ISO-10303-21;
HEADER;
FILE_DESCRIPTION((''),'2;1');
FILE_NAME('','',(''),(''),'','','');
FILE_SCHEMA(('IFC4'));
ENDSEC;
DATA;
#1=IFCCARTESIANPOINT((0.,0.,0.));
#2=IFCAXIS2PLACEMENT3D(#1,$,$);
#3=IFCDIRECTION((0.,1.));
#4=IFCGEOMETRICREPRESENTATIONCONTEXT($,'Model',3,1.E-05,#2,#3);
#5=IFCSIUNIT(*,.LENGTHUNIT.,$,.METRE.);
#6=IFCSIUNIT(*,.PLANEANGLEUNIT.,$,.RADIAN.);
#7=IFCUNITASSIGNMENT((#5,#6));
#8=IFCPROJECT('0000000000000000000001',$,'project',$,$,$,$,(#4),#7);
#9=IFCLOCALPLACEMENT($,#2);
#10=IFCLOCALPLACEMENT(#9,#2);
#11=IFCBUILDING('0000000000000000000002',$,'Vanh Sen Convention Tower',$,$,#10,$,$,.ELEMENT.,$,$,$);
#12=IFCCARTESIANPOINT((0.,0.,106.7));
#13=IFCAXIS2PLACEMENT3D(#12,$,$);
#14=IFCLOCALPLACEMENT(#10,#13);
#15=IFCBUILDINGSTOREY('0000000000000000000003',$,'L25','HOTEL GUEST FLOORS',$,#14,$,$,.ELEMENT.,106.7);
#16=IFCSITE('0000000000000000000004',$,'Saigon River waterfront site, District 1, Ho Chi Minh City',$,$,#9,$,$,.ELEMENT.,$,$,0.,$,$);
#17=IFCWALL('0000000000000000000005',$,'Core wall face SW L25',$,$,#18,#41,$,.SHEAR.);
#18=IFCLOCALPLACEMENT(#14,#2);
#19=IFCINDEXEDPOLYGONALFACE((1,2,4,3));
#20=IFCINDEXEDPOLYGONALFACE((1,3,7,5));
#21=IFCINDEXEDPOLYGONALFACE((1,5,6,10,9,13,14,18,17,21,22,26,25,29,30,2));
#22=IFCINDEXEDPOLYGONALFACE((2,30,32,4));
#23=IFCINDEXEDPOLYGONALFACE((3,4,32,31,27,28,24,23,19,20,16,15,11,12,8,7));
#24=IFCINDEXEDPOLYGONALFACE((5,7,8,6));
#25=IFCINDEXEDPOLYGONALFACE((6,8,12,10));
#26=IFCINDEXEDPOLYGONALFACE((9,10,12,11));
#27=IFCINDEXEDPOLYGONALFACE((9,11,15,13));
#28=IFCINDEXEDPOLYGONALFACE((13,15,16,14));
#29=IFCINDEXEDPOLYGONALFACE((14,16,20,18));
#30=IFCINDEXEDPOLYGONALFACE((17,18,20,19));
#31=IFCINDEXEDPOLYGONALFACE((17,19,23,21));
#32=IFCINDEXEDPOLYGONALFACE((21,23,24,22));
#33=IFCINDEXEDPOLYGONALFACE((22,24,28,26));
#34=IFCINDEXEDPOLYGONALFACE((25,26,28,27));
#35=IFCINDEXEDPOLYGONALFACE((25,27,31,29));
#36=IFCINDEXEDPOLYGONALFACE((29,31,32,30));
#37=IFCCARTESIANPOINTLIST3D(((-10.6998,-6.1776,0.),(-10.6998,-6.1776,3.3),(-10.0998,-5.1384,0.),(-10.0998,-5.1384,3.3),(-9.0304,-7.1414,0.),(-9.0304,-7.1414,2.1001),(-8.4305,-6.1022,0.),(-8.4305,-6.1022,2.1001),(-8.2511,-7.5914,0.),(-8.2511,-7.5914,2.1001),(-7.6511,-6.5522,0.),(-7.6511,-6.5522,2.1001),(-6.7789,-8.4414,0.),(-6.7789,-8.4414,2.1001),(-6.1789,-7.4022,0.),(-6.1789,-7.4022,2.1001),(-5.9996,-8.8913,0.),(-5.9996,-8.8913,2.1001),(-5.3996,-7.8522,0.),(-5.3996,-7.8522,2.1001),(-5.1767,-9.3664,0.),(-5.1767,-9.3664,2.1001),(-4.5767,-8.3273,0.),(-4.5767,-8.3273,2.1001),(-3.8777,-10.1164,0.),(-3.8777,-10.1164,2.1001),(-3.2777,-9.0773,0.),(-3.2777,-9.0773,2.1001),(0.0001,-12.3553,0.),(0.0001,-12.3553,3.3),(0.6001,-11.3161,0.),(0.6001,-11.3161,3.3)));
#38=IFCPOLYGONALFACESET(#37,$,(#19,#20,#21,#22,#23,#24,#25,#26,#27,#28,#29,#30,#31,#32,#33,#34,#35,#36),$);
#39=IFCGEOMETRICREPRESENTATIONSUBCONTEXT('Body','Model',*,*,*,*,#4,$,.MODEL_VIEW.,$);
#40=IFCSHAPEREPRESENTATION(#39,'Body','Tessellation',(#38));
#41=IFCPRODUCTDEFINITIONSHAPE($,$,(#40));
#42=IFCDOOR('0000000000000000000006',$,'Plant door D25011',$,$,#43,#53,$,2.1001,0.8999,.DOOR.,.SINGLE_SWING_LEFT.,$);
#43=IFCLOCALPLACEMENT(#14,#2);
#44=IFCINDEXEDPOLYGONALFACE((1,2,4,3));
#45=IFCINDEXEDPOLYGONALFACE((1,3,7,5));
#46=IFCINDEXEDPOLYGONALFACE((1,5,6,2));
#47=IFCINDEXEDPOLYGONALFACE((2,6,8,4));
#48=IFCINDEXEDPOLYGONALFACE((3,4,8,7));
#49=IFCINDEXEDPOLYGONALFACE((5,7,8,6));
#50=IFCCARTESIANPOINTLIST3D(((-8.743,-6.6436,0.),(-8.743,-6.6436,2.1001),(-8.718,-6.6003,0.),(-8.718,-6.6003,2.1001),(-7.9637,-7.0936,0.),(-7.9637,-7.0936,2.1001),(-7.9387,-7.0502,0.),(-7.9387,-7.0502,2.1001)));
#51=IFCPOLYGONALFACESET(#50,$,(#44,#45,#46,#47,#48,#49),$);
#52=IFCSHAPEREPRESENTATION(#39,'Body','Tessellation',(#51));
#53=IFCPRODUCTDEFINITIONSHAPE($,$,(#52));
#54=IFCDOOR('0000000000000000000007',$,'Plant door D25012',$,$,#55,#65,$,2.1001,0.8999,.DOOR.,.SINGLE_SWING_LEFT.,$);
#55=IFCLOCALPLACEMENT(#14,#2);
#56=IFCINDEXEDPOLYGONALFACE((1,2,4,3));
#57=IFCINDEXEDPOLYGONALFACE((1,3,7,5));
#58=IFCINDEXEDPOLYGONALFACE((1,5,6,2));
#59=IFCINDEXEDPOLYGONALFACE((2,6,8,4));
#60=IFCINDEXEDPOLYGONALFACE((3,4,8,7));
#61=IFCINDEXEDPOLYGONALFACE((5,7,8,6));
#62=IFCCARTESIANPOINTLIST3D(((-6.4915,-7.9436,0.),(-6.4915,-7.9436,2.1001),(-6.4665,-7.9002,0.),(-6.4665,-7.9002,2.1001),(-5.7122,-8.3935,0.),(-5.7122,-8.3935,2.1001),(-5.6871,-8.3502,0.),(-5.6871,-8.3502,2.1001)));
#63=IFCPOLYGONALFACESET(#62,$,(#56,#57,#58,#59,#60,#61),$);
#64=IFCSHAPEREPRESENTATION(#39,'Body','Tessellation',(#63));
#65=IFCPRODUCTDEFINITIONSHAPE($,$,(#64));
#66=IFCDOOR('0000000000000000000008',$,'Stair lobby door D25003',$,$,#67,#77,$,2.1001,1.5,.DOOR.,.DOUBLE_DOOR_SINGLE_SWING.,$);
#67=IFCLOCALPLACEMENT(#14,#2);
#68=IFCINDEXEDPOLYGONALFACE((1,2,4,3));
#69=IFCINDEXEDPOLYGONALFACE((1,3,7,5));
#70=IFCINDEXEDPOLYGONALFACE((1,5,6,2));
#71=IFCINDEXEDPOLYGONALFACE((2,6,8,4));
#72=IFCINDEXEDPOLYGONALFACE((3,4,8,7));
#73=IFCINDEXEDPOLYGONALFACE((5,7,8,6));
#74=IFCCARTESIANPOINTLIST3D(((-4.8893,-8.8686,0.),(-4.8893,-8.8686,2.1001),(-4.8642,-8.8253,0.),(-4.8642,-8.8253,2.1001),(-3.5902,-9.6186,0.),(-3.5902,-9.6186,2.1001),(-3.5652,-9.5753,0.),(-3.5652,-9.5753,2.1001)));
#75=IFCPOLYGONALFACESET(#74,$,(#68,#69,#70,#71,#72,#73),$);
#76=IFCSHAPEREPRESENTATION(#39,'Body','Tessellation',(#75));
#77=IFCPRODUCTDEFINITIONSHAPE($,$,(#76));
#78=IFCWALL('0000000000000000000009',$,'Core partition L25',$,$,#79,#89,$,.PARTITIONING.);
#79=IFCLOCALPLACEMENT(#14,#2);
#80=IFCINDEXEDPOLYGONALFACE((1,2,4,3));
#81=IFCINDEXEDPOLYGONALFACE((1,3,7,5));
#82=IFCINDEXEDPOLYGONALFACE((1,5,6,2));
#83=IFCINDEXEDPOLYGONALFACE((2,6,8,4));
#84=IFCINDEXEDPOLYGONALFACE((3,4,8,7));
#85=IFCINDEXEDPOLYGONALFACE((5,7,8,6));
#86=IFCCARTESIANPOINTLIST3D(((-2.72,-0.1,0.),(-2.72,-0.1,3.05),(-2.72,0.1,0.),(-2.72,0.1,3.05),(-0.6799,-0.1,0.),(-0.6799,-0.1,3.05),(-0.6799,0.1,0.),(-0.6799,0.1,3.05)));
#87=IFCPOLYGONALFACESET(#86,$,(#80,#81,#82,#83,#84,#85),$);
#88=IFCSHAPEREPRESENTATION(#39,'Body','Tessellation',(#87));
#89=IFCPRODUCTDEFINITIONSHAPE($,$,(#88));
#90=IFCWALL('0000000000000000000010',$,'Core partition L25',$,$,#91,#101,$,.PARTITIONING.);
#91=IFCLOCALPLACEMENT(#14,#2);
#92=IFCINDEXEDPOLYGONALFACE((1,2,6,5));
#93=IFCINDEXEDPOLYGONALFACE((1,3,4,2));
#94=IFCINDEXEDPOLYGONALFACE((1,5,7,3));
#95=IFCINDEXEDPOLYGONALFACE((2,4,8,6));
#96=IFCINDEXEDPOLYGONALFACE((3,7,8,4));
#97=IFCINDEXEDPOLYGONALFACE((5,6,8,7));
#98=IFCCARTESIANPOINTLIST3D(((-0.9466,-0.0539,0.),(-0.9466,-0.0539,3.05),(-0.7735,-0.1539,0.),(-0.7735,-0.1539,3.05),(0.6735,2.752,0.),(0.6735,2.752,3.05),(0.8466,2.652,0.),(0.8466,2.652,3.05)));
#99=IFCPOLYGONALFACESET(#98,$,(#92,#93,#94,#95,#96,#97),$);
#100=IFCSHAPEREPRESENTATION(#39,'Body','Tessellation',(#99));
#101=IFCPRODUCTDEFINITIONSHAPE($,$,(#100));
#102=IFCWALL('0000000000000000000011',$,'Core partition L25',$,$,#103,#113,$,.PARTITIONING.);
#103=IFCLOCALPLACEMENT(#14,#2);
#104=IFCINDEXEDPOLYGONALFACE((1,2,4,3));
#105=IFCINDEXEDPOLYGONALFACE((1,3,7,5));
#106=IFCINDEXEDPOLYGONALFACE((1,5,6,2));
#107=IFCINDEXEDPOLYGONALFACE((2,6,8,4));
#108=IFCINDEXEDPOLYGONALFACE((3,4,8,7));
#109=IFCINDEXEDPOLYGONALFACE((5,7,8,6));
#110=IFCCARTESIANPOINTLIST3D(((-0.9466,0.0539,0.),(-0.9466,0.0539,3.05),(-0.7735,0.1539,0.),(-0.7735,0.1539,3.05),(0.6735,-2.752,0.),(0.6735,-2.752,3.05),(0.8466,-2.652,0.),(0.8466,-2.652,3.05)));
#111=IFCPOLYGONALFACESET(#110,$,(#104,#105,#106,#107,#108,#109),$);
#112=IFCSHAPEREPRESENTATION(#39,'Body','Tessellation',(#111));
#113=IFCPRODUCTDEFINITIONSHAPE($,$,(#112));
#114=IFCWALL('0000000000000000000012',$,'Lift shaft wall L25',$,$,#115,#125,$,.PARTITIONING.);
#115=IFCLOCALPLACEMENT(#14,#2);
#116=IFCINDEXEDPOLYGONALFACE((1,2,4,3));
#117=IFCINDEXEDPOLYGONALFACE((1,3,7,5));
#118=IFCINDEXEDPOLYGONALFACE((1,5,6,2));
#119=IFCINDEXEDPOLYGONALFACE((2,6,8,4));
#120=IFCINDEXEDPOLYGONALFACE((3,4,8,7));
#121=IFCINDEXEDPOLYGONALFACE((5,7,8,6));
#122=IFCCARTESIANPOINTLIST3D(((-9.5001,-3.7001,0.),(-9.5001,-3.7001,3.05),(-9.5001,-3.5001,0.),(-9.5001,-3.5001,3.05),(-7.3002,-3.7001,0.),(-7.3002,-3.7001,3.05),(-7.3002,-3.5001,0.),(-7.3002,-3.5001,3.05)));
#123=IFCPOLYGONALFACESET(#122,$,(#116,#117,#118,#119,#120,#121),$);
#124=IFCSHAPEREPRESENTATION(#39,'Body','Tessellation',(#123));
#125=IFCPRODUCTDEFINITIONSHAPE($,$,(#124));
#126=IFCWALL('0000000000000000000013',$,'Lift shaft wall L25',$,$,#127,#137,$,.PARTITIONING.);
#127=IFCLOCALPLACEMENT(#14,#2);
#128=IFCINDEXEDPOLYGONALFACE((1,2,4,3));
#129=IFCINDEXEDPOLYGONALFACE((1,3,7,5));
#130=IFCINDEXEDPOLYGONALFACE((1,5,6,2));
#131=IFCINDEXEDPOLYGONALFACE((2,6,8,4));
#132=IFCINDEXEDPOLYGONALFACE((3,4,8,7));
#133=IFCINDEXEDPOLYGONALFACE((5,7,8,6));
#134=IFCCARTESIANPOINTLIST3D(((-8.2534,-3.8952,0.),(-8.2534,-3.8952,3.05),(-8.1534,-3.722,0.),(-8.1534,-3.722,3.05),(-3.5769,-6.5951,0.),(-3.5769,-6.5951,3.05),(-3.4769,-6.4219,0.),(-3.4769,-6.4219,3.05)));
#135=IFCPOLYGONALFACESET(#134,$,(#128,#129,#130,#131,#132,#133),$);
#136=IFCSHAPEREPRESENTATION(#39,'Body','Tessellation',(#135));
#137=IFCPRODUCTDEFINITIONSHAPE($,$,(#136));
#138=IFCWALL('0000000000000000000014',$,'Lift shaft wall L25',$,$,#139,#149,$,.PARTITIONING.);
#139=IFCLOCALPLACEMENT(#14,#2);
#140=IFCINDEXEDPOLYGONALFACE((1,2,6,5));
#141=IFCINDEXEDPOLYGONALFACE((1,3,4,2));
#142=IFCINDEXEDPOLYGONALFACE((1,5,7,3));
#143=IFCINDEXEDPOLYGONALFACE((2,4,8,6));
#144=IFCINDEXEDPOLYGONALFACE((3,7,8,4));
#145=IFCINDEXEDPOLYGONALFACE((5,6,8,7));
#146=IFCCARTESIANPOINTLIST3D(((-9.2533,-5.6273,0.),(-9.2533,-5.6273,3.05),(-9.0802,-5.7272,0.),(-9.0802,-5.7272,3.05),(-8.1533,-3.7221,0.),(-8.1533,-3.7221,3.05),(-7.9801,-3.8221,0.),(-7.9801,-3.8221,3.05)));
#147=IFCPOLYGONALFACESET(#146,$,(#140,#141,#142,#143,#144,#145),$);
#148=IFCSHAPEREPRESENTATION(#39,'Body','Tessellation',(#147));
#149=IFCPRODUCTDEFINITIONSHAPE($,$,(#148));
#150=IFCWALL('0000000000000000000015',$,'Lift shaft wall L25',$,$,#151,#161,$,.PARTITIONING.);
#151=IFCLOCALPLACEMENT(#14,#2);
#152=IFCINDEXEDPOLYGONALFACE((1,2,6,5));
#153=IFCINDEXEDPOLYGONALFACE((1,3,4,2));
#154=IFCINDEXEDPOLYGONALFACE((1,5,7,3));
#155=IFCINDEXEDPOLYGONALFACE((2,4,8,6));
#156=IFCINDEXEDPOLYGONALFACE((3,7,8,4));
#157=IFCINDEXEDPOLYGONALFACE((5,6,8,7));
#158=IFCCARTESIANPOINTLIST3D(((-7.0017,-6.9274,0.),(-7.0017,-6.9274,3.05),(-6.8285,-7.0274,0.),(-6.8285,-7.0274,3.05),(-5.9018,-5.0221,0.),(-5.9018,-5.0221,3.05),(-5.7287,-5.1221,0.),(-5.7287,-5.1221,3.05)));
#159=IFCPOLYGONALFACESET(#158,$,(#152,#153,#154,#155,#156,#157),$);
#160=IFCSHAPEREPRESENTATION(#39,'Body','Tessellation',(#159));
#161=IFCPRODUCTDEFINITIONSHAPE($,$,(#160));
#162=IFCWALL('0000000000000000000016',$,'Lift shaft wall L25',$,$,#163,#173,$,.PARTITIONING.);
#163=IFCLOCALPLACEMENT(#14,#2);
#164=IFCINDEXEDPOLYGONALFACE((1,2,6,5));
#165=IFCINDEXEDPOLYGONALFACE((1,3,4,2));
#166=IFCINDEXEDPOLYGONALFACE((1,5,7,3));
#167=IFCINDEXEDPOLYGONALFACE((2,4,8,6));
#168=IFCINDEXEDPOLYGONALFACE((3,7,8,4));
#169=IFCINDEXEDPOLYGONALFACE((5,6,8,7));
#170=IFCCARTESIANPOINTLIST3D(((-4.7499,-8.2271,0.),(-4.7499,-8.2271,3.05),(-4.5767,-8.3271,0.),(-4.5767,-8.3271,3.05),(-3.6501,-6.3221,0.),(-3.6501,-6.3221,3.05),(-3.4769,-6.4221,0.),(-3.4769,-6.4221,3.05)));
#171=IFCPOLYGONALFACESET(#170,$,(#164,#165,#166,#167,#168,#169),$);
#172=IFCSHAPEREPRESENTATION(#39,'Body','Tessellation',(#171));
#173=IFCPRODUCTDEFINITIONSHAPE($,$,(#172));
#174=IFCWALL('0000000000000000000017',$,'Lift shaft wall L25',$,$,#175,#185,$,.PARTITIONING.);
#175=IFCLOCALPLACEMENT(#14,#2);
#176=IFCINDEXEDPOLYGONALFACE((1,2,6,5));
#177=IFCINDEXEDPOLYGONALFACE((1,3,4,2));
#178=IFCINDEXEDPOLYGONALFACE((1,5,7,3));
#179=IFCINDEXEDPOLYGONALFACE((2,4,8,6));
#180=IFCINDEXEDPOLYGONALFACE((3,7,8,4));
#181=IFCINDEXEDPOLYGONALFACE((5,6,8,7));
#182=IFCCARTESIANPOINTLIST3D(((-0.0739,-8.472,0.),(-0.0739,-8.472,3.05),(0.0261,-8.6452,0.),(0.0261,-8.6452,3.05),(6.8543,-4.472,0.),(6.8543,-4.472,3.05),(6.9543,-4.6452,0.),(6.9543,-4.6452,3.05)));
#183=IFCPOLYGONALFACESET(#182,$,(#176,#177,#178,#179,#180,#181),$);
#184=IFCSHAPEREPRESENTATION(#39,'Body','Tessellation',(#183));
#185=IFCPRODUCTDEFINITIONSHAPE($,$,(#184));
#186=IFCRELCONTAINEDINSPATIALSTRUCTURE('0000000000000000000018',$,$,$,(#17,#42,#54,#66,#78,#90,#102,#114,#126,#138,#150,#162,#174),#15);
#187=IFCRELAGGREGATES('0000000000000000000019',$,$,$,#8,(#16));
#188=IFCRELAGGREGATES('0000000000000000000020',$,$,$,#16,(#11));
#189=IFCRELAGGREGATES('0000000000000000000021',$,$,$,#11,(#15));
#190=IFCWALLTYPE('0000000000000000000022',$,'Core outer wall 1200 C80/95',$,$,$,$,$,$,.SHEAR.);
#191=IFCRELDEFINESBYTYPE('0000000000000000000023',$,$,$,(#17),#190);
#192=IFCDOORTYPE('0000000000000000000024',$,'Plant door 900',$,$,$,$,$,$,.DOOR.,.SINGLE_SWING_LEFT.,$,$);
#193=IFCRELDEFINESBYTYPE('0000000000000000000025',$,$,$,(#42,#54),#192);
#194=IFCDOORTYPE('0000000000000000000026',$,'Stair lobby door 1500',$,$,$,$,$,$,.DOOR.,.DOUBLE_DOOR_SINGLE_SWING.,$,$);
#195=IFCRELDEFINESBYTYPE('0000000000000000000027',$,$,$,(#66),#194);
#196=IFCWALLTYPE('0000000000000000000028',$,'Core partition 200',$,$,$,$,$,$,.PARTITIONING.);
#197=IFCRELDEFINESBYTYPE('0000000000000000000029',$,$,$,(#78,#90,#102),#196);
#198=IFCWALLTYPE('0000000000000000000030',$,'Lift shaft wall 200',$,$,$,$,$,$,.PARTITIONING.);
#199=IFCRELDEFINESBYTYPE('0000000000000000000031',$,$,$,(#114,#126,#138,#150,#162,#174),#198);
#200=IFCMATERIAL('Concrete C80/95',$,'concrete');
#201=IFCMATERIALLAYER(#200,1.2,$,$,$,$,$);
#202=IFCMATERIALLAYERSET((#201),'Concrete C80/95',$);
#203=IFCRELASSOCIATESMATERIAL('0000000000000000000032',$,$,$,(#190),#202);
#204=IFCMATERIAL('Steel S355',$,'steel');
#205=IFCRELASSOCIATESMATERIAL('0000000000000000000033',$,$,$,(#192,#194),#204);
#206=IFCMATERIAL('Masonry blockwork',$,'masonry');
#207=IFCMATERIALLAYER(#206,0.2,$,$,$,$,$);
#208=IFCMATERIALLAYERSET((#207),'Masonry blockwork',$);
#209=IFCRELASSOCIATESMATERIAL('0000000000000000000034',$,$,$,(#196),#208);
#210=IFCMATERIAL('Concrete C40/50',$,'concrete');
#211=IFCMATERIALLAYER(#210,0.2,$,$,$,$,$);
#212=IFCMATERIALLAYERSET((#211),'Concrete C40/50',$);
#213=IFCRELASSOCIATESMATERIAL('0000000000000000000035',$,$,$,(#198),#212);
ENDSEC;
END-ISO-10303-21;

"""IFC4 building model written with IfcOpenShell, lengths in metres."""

from ifc_helpers import new_model, si_unit, direction, frame, frame_2d, origin, place, context, subcontext, project, spatial, rectangle, extrude, material, layer, layer_set, type_object, element, fill, save


model = new_model("IFC4")

# Units and contexts
model_context = context("Model", 3, precision=1e-05, world=origin(), true_north=direction((0.0, 1.0)))
body_context = subcontext(model_context, "Body", "Model", "MODEL_VIEW")
ifc_project = project(units=[si_unit("LENGTHUNIT", "METRE"), si_unit("PLANEANGLEUNIT", "RADIAN")], contexts=[model_context])

# Site, building, storey
site_placement = place(None, origin())
site = spatial("IfcSite", under=ifc_project, at=site_placement, Name="Saigon River waterfront site, District 1, Ho Chi Minh City", CompositionType="ELEMENT", RefElevation=0.0)
building_placement = place(site_placement, origin())
building = spatial("IfcBuilding", under=site, at=building_placement, Name="Vanh Sen Convention Tower", CompositionType="ELEMENT")
storey_placement = place(building_placement, frame((0.0, 0.0, 106.7)))
storey = spatial("IfcBuildingStorey", under=building, at=storey_placement, Name="L25", Description="HOTEL GUEST FLOORS", CompositionType="ELEMENT", Elevation=106.7)

# Shared definitions
ifc_material_1 = material(Name="Concrete C40/50", Category="concrete")

# Wall, openings, doors
ifc_material_2 = material(Name="Concrete C80/95", Category="concrete")
ifc_layer_1 = layer(ifc_material_2, 1.2)
ifc_layer_set_1 = layer_set([ifc_layer_1], Name="Concrete C80/95")
wall_type_1 = type_object("IfcWallType", Name="Core outer wall 1200 C80/95", PredefinedType="SHEAR", material=ifc_layer_set_1)
wall_1_placement = place(storey_placement, frame((-10.3999, -5.658, 0.0), z_axis=(0.0, 0.0, 1.0), x_axis=(0.866021, -0.500007, 0.0)))
wall_1 = element("IfcWall", 1, at=wall_1_placement, inside=storey, type_object=wall_type_1, Name="Core wall face SW L25", PredefinedType="SHEAR", context=body_context, shape_type="SweptSolid", body=[
    extrude(rectangle(XDim=12.3552, YDim=1.2, at=frame_2d((6.1777, 0.0))), origin(), (0.0, 0.0, 1.0), 3.3),
])
opening_1_placement = place(wall_1_placement, frame((6.3777, 0.0, 0.0)))
opening_1 = element("IfcOpeningElement", 2, at=opening_1_placement, cuts=wall_1, PredefinedType="OPENING", context=body_context, shape_type="SweptSolid", body=[
    extrude(rectangle(XDim=1.5, YDim=2.1001, at=frame_2d((0.75, 1.05))), frame((0.0, 0.6099, 0.0), z_axis=(0.0, -1.0, 0.0), x_axis=(1.0, 0.0, 0.0)), (0.0, 0.0, 1.0), 1.22),
])
opening_2_placement = place(wall_1_placement, frame((1.9277, 0.0, 0.0)))
opening_2 = element("IfcOpeningElement", 3, at=opening_2_placement, cuts=wall_1, PredefinedType="OPENING", context=body_context, shape_type="SweptSolid", body=[
    extrude(rectangle(XDim=0.8999, YDim=2.1001, at=frame_2d((0.45, 1.05))), frame((0.0, 0.6099, 0.0), z_axis=(0.0, -1.0, 0.0), x_axis=(1.0, 0.0, 0.0)), (0.0, 0.0, 1.0), 1.22),
])
opening_3_placement = place(wall_1_placement, frame((4.5276, 0.0, 0.0)))
opening_3 = element("IfcOpeningElement", 4, at=opening_3_placement, cuts=wall_1, PredefinedType="OPENING", context=body_context, shape_type="SweptSolid", body=[
    extrude(rectangle(XDim=0.8999, YDim=2.1001, at=frame_2d((0.45, 1.05))), frame((0.0, 0.6099, 0.0), z_axis=(0.0, -1.0, 0.0), x_axis=(1.0, 0.0, 0.0)), (0.0, 0.0, 1.0), 1.22),
])
ifc_material_3 = material(Name="Steel S355", Category="steel")
door_type_1 = type_object("IfcDoorType", Name="Plant door 900", OperationType="SINGLE_SWING_LEFT", PredefinedType="DOOR", material=ifc_material_3)
door_1_placement = place(opening_2_placement, origin())
door_1 = element("IfcDoor", 5, at=door_1_placement, inside=storey, type_object=door_type_1, Name="Plant door D25011", OperationType="SINGLE_SWING_LEFT", OverallHeight=2.1001, OverallWidth=0.8999, PredefinedType="DOOR", context=body_context, shape_type="SweptSolid", body=[
    extrude(rectangle(XDim=0.8999, YDim=2.1001, at=frame_2d((0.45, 1.05))), frame((0.0, 0.0249, 0.0), z_axis=(0.0, -1.0, 0.0), x_axis=(1.0, 0.0, 0.0)), (0.0, 0.0, 1.0), 0.05),
])
fill(opening_2, door_1)
door_2_placement = place(opening_3_placement, origin())
door_2 = element("IfcDoor", 6, at=door_2_placement, inside=storey, type_object=door_type_1, Name="Plant door D25012", OperationType="SINGLE_SWING_LEFT", OverallHeight=2.1001, OverallWidth=0.8999, PredefinedType="DOOR", context=body_context, shape_type="SweptSolid", body=[
    extrude(rectangle(XDim=0.8999, YDim=2.1001, at=frame_2d((0.45, 1.05))), frame((0.0, 0.0249, 0.0), z_axis=(0.0, -1.0, 0.0), x_axis=(1.0, 0.0, 0.0)), (0.0, 0.0, 1.0), 0.05),
])
fill(opening_3, door_2)
door_type_2 = type_object("IfcDoorType", Name="Stair lobby door 1500", OperationType="DOUBLE_DOOR_SINGLE_SWING", PredefinedType="DOOR", material=ifc_material_3)
door_3_placement = place(opening_1_placement, origin())
door_3 = element("IfcDoor", 7, at=door_3_placement, inside=storey, type_object=door_type_2, Name="Stair lobby door D25003", OperationType="DOUBLE_DOOR_SINGLE_SWING", OverallHeight=2.1001, OverallWidth=1.5, PredefinedType="DOOR", context=body_context, shape_type="SweptSolid", body=[
    extrude(rectangle(XDim=1.5, YDim=2.1001, at=frame_2d((0.75, 1.05))), frame((0.0, 0.0249, 0.0), z_axis=(0.0, -1.0, 0.0), x_axis=(1.0, 0.0, 0.0)), (0.0, 0.0, 1.0), 0.05),
])
fill(opening_1, door_3)

# Walls
ifc_material_4 = material(Name="Masonry blockwork", Category="masonry")
ifc_layer_2 = layer(ifc_material_4, 0.2)
ifc_layer_set_2 = layer_set([ifc_layer_2], Name="Masonry blockwork")
wall_type_2 = type_object("IfcWallType", Name="Core partition 200", PredefinedType="PARTITIONING", material=ifc_layer_set_2)
wall_2_placement = place(storey_placement, frame((-0.6799, 0.0, 0.0), z_axis=(0.0, 0.0, 1.0), x_axis=(-1.0, 0.0, 0.0)))
element("IfcWall", 8, at=wall_2_placement, inside=storey, type_object=wall_type_2, Name="Core partition L25", PredefinedType="PARTITIONING", context=body_context, shape_type="SweptSolid", body=[
    extrude(rectangle(XDim=2.04, YDim=0.2, at=frame_2d((1.02, 0.0))), origin(), (0.0, 0.0, 1.0), 3.05),
])
for number, where, z_axis, x_axis, name in (
    (9, (-0.8601, -0.104, 0.0), (0.0, 0.0, 1.0), (0.500029, 0.866009, 0.0), "Core partition L25"),
    (10, (-0.8601, 0.104, 0.0), (0.0, 0.0, 1.0), (0.500029, -0.866009, 0.0), "Core partition L25"),
):
    element("IfcWall", number, at=place(storey_placement, frame(where, z_axis=z_axis, x_axis=x_axis)), inside=storey, type_object=wall_type_2, Name=name, PredefinedType="PARTITIONING", context=body_context, shape_type="SweptSolid", body=[
        extrude(rectangle(XDim=3.24, YDim=0.2, at=frame_2d((1.6201, 0.0))), origin(), (0.0, 0.0, 1.0), 3.05),
    ])
ifc_layer_3 = layer(ifc_material_1, 0.2)
ifc_layer_set_3 = layer_set([ifc_layer_3], Name="Concrete C40/50")
wall_type_3 = type_object("IfcWallType", Name="Lift shaft wall 200", PredefinedType="PARTITIONING", material=ifc_layer_set_3)
wall_3_placement = place(storey_placement, frame((-7.3, -3.6001, 0.0), z_axis=(0.0, 0.0, 1.0), x_axis=(-1.0, 0.0, 0.0)))
element("IfcWall", 11, at=wall_3_placement, inside=storey, type_object=wall_type_3, Name="Lift shaft wall L25", PredefinedType="PARTITIONING", context=body_context, shape_type="SweptSolid", body=[
    extrude(rectangle(XDim=2.2, YDim=0.2, at=frame_2d((1.1001, 0.0))), origin(), (0.0, 0.0, 1.0), 3.05),
])
wall_4_placement = place(storey_placement, frame((-8.2034, -3.8086, 0.0), z_axis=(0.0, 0.0, 1.0), x_axis=(0.866028, -0.499995, 0.0)))
element("IfcWall", 12, at=wall_4_placement, inside=storey, type_object=wall_type_3, Name="Lift shaft wall L25", PredefinedType="PARTITIONING", context=body_context, shape_type="SweptSolid", body=[
    extrude(rectangle(XDim=5.3999, YDim=0.2, at=frame_2d((2.7, 0.0))), origin(), (0.0, 0.0, 1.0), 3.05),
])
for number, where, z_axis, x_axis, name in (
    (13, (-8.0667, -3.772, 0.0), (0.0, 0.0, 1.0), (-0.50003, -0.866008, 0.0), "Lift shaft wall L25"),
    (14, (-5.8152, -5.072, 0.0), (0.0, 0.0, 1.0), (-0.499947, -0.866056, 0.0), "Lift shaft wall L25"),
):
    element("IfcWall", number, at=place(storey_placement, frame(where, z_axis=z_axis, x_axis=x_axis)), inside=storey, type_object=wall_type_3, Name=name, PredefinedType="PARTITIONING", context=body_context, shape_type="SweptSolid", body=[
        extrude(rectangle(XDim=2.2, YDim=0.2, at=frame_2d((1.1001, 0.0))), origin(), (0.0, 0.0, 1.0), 3.05),
    ])
wall_5_placement = place(storey_placement, frame((-3.5635, -6.3721, 0.0), z_axis=(0.0, 0.0, 1.0), x_axis=(-0.499995, -0.866028, 0.0)))
element("IfcWall", 15, at=wall_5_placement, inside=storey, type_object=wall_type_3, Name="Lift shaft wall L25", PredefinedType="PARTITIONING", context=body_context, shape_type="SweptSolid", body=[
    extrude(rectangle(XDim=2.1997, YDim=0.2, at=frame_2d((1.0999, 0.0))), origin(), (0.0, 0.0, 1.0), 3.05),
])
wall_6_placement = place(storey_placement, frame((-0.0239, -8.5586, 0.0), z_axis=(0.0, 0.0, 1.0), x_axis=(0.866026, 0.499999, 0.0)))
element("IfcWall", 16, at=wall_6_placement, inside=storey, type_object=wall_type_3, Name="Lift shaft wall L25", PredefinedType="PARTITIONING", context=body_context, shape_type="SweptSolid", body=[
    extrude(rectangle(XDim=8.0, YDim=0.2, at=frame_2d((4.0, 0.0))), origin(), (0.0, 0.0, 1.0), 3.05),
])

save(model, "model.ifc")
